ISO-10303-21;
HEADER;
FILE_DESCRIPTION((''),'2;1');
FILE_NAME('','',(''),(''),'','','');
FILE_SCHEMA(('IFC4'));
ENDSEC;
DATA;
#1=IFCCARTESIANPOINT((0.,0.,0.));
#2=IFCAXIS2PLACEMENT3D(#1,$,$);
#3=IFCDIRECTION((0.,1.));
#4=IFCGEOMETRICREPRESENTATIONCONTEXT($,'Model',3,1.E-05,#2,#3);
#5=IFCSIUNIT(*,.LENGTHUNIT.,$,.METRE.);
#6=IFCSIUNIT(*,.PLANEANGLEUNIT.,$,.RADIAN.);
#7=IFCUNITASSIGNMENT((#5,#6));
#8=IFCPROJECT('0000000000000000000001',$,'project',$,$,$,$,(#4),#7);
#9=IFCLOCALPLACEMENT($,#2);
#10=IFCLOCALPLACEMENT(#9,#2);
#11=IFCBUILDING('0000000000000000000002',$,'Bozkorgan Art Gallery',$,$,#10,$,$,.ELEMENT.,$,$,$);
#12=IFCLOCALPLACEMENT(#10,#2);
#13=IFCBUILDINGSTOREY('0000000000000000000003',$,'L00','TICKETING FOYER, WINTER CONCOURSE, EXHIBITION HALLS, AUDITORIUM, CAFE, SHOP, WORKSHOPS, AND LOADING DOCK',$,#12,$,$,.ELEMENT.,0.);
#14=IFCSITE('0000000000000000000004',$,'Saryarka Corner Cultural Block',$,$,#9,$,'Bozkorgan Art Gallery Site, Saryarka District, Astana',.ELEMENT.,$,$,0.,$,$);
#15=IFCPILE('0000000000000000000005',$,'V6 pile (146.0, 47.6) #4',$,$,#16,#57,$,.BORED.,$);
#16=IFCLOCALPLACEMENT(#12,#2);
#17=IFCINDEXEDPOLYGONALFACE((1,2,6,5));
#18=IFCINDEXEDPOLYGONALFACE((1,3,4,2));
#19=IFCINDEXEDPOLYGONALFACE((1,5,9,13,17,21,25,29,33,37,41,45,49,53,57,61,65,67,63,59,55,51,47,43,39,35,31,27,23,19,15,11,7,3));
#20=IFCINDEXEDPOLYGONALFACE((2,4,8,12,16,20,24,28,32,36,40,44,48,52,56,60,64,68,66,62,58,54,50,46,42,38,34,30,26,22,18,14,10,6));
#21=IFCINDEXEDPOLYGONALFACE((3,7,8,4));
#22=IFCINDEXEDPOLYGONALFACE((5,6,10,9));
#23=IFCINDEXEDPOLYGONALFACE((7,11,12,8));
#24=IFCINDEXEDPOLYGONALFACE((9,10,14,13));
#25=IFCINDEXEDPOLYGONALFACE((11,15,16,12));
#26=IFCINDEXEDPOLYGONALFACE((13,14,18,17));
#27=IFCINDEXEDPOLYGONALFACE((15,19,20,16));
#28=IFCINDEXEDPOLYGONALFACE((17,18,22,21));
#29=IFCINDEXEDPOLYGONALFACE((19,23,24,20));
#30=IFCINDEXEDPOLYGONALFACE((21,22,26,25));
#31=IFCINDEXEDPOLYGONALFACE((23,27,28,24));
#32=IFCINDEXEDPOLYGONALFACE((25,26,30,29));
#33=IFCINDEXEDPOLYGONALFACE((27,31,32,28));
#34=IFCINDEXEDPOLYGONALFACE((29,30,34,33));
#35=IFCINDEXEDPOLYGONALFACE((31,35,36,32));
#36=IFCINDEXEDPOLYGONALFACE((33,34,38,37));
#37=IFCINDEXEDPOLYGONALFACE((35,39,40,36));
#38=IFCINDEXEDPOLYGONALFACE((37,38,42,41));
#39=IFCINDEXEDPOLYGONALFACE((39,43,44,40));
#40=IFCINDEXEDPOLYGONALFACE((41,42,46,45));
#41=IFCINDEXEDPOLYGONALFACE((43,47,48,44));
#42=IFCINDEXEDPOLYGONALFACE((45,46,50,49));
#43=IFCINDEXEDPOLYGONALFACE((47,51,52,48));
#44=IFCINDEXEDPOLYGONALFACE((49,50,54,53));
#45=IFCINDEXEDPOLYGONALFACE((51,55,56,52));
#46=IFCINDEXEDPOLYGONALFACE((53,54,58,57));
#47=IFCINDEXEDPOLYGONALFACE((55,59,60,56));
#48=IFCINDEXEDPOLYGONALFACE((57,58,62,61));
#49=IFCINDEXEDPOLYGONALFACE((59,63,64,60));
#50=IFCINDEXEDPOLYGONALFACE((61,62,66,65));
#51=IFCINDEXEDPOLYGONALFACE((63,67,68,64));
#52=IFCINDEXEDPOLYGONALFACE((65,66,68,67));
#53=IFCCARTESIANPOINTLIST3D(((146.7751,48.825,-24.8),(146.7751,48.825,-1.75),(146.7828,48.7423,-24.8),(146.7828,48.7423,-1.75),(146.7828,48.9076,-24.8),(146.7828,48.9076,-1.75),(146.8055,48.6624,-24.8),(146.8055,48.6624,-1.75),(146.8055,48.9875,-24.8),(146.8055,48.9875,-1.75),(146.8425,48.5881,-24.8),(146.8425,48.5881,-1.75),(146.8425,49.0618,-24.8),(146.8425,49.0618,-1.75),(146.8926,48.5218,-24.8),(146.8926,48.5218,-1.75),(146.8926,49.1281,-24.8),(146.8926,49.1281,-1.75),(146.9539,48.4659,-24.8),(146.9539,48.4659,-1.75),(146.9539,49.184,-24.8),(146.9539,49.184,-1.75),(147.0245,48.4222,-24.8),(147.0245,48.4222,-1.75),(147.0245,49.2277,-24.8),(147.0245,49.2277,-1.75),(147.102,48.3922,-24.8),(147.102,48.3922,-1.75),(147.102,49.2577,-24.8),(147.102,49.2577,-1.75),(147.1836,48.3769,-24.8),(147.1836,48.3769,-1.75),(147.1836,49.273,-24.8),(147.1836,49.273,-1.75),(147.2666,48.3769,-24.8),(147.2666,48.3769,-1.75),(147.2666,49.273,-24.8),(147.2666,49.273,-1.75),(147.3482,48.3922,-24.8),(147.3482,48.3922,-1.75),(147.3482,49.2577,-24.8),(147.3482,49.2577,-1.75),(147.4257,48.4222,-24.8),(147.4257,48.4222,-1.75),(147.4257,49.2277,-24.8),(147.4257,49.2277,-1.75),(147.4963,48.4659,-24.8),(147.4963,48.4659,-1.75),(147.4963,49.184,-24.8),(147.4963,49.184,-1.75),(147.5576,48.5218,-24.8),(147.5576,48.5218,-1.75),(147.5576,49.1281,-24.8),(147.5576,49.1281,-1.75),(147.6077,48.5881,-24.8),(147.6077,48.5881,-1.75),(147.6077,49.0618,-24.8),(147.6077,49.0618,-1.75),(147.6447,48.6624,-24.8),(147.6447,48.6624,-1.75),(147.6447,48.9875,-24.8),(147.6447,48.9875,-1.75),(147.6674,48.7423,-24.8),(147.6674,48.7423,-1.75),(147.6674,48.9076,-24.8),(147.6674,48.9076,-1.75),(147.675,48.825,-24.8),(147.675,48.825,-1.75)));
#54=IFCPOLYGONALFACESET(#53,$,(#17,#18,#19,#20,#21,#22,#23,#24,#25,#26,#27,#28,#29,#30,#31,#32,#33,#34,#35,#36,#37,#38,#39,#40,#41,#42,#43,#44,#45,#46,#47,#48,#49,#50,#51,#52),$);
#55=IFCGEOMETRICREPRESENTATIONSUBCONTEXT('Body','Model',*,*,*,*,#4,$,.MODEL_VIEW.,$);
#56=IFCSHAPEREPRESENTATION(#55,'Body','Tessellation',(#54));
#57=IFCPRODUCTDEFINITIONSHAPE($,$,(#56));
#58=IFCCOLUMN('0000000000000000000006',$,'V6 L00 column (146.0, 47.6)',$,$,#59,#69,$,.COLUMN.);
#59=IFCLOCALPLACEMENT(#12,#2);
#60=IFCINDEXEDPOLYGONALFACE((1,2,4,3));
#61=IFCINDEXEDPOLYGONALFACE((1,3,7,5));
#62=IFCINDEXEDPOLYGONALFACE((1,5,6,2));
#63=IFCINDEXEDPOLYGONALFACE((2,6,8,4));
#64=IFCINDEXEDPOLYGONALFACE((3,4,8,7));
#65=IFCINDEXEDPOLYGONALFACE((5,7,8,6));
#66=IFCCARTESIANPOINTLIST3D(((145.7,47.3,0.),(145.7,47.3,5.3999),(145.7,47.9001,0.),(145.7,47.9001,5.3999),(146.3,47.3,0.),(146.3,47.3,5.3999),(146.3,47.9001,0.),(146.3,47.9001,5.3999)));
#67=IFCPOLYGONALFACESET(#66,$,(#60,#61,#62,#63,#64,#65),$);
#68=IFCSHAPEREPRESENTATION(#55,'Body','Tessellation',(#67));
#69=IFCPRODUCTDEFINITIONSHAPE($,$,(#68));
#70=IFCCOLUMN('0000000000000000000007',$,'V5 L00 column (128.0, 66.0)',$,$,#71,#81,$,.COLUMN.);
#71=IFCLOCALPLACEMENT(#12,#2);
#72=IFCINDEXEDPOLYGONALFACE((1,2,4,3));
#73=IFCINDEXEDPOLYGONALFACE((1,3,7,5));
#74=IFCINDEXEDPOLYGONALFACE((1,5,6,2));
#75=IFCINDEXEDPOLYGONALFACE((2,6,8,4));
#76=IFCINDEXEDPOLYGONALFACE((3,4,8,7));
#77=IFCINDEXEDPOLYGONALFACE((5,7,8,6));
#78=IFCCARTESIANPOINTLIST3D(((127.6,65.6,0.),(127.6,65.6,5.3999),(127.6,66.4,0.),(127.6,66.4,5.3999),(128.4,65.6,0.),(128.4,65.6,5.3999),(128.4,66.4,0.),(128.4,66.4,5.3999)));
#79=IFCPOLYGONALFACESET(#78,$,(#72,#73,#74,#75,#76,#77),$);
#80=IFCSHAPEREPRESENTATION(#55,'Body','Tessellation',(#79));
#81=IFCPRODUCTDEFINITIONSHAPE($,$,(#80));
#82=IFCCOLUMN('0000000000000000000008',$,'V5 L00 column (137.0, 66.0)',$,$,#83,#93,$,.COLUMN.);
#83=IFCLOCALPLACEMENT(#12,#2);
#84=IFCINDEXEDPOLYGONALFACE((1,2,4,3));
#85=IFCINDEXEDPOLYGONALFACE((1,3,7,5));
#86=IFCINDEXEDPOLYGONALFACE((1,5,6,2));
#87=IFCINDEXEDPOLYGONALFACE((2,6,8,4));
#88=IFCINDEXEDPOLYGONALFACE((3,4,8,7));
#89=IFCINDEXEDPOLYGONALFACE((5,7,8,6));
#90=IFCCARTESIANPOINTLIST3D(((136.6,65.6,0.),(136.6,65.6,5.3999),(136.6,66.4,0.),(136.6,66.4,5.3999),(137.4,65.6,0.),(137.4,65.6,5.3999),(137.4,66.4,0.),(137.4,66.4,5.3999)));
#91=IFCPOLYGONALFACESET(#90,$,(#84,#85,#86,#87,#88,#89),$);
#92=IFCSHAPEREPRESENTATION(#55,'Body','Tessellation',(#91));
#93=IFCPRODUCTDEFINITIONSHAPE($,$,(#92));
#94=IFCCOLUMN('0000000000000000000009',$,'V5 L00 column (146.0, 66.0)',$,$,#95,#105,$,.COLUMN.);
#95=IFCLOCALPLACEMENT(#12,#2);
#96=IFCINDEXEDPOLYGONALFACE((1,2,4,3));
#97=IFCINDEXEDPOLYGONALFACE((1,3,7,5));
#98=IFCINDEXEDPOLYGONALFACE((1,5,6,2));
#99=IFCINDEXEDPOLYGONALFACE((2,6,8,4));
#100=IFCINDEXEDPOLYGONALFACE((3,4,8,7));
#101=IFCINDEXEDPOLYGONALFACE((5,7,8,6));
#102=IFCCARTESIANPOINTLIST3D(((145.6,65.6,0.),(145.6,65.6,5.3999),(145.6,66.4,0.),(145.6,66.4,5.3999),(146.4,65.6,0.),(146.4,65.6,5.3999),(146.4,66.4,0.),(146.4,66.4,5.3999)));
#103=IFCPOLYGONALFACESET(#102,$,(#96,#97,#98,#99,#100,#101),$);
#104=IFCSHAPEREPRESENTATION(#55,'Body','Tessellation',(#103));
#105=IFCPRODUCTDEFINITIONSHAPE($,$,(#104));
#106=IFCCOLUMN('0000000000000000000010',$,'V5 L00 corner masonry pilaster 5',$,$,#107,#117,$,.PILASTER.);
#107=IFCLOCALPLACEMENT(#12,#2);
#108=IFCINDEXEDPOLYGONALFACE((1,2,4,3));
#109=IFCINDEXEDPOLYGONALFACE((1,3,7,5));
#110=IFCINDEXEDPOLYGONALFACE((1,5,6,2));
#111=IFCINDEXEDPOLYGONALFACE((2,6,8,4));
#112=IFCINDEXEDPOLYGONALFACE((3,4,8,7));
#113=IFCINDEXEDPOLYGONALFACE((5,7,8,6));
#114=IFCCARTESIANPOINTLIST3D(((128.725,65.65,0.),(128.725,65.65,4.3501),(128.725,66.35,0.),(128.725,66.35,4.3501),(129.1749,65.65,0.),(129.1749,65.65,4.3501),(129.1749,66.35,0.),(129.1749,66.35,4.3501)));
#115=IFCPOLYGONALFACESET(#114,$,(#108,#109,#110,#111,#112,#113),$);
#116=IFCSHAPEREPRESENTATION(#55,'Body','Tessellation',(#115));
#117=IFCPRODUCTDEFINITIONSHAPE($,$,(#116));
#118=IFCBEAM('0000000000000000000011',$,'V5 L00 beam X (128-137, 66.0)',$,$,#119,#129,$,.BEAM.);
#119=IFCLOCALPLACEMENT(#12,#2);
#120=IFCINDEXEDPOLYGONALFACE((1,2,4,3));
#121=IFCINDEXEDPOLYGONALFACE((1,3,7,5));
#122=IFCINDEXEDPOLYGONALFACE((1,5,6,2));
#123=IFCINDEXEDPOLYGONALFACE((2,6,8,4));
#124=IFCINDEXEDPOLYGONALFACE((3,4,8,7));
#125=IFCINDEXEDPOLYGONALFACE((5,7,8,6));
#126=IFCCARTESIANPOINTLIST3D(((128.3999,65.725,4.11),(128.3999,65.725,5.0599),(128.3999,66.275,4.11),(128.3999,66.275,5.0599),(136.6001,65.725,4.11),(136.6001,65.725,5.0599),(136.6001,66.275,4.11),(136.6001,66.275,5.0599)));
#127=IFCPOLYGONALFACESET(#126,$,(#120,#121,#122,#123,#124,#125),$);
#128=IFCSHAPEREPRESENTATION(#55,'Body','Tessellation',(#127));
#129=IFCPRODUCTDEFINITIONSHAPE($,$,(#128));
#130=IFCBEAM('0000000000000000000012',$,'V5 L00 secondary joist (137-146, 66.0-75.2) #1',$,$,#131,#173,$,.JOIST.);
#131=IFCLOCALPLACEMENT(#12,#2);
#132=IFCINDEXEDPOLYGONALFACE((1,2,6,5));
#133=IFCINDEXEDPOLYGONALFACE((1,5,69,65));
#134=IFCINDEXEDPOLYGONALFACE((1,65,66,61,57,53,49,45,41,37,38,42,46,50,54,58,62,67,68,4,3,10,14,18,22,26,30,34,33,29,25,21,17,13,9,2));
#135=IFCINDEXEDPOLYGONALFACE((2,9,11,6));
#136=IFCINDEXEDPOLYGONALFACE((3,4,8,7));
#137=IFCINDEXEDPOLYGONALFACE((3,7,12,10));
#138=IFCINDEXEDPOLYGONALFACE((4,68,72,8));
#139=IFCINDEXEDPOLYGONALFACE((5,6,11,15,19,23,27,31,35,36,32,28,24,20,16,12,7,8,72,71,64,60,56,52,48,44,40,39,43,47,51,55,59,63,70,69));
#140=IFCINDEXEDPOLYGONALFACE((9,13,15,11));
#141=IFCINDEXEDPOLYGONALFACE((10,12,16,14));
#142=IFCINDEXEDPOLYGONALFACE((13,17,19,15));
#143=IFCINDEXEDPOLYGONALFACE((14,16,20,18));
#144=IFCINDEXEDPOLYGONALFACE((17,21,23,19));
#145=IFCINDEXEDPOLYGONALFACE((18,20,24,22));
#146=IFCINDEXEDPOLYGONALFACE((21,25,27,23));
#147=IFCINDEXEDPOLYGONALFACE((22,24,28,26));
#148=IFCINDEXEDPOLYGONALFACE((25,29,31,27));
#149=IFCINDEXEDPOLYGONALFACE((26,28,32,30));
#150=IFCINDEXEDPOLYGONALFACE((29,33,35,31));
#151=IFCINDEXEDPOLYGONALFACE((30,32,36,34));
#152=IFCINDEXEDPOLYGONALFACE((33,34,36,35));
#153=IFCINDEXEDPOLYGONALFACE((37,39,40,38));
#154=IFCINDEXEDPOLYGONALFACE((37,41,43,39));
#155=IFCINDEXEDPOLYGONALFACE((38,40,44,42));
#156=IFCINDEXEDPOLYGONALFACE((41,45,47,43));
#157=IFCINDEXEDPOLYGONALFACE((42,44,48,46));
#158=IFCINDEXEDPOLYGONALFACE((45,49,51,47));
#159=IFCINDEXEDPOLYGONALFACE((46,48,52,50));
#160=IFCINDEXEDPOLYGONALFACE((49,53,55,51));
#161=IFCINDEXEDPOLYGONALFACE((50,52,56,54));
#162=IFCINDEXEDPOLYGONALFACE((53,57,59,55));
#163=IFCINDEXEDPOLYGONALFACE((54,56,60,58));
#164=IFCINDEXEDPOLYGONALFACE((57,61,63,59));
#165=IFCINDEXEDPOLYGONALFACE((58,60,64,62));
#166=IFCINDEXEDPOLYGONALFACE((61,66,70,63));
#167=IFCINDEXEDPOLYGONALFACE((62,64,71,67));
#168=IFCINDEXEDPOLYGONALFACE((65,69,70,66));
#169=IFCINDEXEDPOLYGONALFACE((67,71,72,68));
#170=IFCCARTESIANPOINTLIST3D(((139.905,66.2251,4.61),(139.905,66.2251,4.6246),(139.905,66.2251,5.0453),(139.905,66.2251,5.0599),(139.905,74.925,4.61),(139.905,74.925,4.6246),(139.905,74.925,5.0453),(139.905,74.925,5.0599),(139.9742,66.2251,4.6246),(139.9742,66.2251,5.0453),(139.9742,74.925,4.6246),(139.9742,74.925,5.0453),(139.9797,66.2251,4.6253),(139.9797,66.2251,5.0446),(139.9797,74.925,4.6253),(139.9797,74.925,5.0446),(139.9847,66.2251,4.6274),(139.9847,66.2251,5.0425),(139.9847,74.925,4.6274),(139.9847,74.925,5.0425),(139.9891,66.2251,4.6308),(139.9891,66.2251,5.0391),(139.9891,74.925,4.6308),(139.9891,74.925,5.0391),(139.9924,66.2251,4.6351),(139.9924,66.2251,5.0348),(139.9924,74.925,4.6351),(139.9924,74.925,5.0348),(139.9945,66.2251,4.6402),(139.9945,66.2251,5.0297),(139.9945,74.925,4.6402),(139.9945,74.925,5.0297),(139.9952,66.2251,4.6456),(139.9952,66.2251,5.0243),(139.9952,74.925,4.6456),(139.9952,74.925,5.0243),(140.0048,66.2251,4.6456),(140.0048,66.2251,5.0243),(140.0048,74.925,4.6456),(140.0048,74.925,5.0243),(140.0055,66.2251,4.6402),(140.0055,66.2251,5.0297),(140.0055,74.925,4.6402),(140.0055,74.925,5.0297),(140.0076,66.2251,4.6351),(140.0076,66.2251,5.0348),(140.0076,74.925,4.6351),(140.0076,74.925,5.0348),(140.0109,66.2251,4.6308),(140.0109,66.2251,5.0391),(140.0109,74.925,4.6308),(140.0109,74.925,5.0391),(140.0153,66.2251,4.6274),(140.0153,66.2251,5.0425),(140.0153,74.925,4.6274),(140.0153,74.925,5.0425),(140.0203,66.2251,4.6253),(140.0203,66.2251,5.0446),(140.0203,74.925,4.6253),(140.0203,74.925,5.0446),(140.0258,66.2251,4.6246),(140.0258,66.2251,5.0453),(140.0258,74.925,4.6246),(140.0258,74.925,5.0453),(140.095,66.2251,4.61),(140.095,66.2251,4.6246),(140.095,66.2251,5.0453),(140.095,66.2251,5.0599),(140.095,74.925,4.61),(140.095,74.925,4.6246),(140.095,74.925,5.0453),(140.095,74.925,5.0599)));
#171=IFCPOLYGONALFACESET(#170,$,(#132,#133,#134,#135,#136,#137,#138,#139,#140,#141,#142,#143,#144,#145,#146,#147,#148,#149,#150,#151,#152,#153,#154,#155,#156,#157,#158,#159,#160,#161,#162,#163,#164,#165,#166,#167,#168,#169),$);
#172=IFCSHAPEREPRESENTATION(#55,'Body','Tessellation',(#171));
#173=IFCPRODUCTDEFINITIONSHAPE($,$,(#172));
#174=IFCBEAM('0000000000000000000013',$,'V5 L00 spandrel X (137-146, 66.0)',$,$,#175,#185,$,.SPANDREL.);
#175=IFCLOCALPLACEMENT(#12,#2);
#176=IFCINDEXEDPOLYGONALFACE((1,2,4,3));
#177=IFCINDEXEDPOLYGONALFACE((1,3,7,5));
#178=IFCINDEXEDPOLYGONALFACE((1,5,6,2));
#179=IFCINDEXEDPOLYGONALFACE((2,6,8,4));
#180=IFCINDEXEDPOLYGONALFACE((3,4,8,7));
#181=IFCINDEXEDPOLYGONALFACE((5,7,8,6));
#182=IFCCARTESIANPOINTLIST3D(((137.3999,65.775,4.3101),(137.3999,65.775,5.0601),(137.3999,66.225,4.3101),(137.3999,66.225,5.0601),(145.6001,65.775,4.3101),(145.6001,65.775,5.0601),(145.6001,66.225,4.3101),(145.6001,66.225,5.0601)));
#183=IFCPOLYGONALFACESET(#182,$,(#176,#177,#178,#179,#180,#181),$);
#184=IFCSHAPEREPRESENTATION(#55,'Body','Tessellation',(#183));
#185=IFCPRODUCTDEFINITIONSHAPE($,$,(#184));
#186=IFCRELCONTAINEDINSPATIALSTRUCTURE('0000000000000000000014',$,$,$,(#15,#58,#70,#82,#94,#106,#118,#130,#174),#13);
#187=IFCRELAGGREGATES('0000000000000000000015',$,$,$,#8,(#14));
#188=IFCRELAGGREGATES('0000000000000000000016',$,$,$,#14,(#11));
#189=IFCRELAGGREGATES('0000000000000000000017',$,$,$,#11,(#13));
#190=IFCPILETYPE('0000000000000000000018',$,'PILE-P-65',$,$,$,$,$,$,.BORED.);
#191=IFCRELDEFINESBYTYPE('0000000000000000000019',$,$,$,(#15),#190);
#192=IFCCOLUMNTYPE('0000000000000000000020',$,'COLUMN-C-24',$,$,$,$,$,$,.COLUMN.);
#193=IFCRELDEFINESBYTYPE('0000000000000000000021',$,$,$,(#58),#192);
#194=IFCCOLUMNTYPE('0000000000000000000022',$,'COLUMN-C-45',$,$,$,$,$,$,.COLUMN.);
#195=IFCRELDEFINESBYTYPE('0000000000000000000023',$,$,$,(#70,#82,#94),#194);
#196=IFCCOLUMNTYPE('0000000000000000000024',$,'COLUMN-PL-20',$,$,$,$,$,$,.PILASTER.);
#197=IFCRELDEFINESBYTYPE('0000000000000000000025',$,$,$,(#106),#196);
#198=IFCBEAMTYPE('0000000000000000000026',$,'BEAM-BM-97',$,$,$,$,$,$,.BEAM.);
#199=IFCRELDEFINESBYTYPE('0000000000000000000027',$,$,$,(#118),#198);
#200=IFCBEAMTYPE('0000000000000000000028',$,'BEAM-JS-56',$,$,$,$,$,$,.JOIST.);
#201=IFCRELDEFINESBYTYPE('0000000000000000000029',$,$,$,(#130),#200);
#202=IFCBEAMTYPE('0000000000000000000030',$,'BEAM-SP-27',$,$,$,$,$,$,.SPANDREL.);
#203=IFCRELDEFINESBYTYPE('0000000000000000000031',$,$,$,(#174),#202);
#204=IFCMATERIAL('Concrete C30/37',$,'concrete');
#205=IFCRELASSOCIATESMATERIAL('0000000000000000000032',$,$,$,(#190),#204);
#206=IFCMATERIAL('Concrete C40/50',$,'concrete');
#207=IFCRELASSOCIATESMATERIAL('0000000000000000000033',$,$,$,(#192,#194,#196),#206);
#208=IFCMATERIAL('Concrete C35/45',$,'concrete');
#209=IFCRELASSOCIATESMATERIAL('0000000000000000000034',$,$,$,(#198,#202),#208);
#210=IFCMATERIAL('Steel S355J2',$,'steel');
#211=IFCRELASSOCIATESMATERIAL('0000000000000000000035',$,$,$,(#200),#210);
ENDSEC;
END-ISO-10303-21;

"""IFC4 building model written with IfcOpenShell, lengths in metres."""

from ifc_helpers import new_model, si_unit, direction, frame, origin, origin_2d, place, context, subcontext, project, spatial, rectangle, circle, i_section, extrude, material, material_profile, profile_set, type_object, element, save


model = new_model("IFC4")

# Units and contexts
model_context = context("Model", 3, precision=1e-05, world=origin(), true_north=direction((0.0, 1.0)))
body_context = subcontext(model_context, "Body", "Model", "MODEL_VIEW")
ifc_project = project(units=[si_unit("LENGTHUNIT", "METRE"), si_unit("PLANEANGLEUNIT", "RADIAN")], contexts=[model_context])

# Site, building, storey
site_placement = place(None, origin())
site = spatial("IfcSite", under=ifc_project, at=site_placement, Name="Saryarka Corner Cultural Block", LongName="Bozkorgan Art Gallery Site, Saryarka District, Astana", CompositionType="ELEMENT", RefElevation=0.0)
building_placement = place(site_placement, origin())
building = spatial("IfcBuilding", under=site, at=building_placement, Name="Bozkorgan Art Gallery", CompositionType="ELEMENT")
storey_placement = place(building_placement, origin())
storey = spatial("IfcBuildingStorey", under=building, at=storey_placement, Name="L00", Description="TICKETING FOYER, WINTER CONCOURSE, EXHIBITION HALLS, AUDITORIUM, CAFE, SHOP, WORKSHOPS, AND LOADING DOCK", CompositionType="ELEMENT", Elevation=0.0)

# Shared definitions
ifc_material_1 = material(Name="Concrete C30/37", Category="concrete")

# Pile
ifc_material_profile_1 = material_profile(ifc_material_1, circle(Radius=0.45, at=origin_2d()), Name="PILE D900")
ifc_profile_set_1 = profile_set([ifc_material_profile_1], Name="Concrete C30/37")
pile_type = type_object("IfcPileType", Name="PILE-P-65", PredefinedType="BORED", material=ifc_profile_set_1)
for number, where, z_axis, x_axis, name in (
    (1, (147.2251, 48.825, -1.75), (0.0, 0.0, -1.0), (1.0, 0.0, 0.0), "V6 pile (146.0, 47.6) #4"),
):
    element("IfcPile", number, at=place(storey_placement, frame(where, z_axis=z_axis, x_axis=x_axis)), inside=storey, type_object=pile_type, Name=name, PredefinedType="BORED", context=body_context, shape_type="SweptSolid", body=[
        extrude(circle(Radius=0.45, at=origin_2d()), origin(), (0.0, 0.0, 1.0), 23.05),
    ])

# Columns
ifc_material_2 = material(Name="Concrete C40/50", Category="concrete")
ifc_material_profile_2 = material_profile(ifc_material_2, rectangle(XDim=0.6001, YDim=0.6001, at=origin_2d()), Name="RC 600x600")
ifc_profile_set_2 = profile_set([ifc_material_profile_2], Name="Concrete C40/50")
column_type_1 = type_object("IfcColumnType", Name="COLUMN-C-24", PredefinedType="COLUMN", material=ifc_profile_set_2)
column_1_placement = place(storey_placement, frame((146.0, 47.6001, 0.0), z_axis=(0.0, 0.0, 1.0), x_axis=(1.0, 0.0, 0.0)))
element("IfcColumn", 2, at=column_1_placement, inside=storey, type_object=column_type_1, Name="V6 L00 column (146.0, 47.6)", PredefinedType="COLUMN", context=body_context, shape_type="SweptSolid", body=[
    extrude(rectangle(XDim=0.6001, YDim=0.6001, at=origin_2d()), origin(), (0.0, 0.0, 1.0), 5.3999),
])
ifc_material_profile_3 = material_profile(ifc_material_2, rectangle(XDim=0.8, YDim=0.8, at=origin_2d()), Name="RC 800x800")
ifc_profile_set_3 = profile_set([ifc_material_profile_3], Name="Concrete C40/50")
column_type_2 = type_object("IfcColumnType", Name="COLUMN-C-45", PredefinedType="COLUMN", material=ifc_profile_set_3)
for number, where, z_axis, x_axis, name in (
    (3, (128.0, 66.0, 0.0), (0.0, 0.0, 1.0), (1.0, 0.0, 0.0), "V5 L00 column (128.0, 66.0)"),
    (4, (137.0, 66.0, 0.0), (0.0, 0.0, 1.0), (1.0, 0.0, 0.0), "V5 L00 column (137.0, 66.0)"),
    (5, (146.0, 66.0, 0.0), (0.0, 0.0, 1.0), (1.0, 0.0, 0.0), "V5 L00 column (146.0, 66.0)"),
):
    element("IfcColumn", number, at=place(storey_placement, frame(where, z_axis=z_axis, x_axis=x_axis)), inside=storey, type_object=column_type_2, Name=name, PredefinedType="COLUMN", context=body_context, shape_type="SweptSolid", body=[
        extrude(rectangle(XDim=0.8, YDim=0.8, at=origin_2d()), origin(), (0.0, 0.0, 1.0), 5.3999),
    ])
ifc_material_profile_4 = material_profile(ifc_material_2, rectangle(XDim=0.45, YDim=0.7, at=origin_2d()), Name="RC 450x700")
ifc_profile_set_4 = profile_set([ifc_material_profile_4], Name="Concrete C40/50")
column_type_3 = type_object("IfcColumnType", Name="COLUMN-PL-20", PredefinedType="PILASTER", material=ifc_profile_set_4)
column_2_placement = place(storey_placement, frame((128.95, 66.0, 0.0), z_axis=(0.0, 0.0, 1.0), x_axis=(1.0, 0.0, 0.0)))
element("IfcColumn", 6, at=column_2_placement, inside=storey, type_object=column_type_3, Name="V5 L00 corner masonry pilaster 5", PredefinedType="PILASTER", context=body_context, shape_type="SweptSolid", body=[
    extrude(rectangle(XDim=0.45, YDim=0.7, at=origin_2d()), origin(), (0.0, 0.0, 1.0), 4.3501),
])

# Beams
ifc_material_3 = material(Name="Concrete C35/45", Category="concrete")
ifc_material_profile_5 = material_profile(ifc_material_3, rectangle(XDim=0.55, YDim=0.95, at=origin_2d()), Name="RC 550x950")
ifc_profile_set_5 = profile_set([ifc_material_profile_5], Name="Concrete C35/45")
beam_type_1 = type_object("IfcBeamType", Name="BEAM-BM-97", PredefinedType="BEAM", material=ifc_profile_set_5)
beam_1_placement = place(storey_placement, frame((128.3999, 66.0, 4.585), z_axis=(1.0, 0.0, 0.0), x_axis=(0.0, 1.0, 0.0)))
element("IfcBeam", 7, at=beam_1_placement, inside=storey, type_object=beam_type_1, Name="V5 L00 beam X (128-137, 66.0)", PredefinedType="BEAM", context=body_context, shape_type="SweptSolid", body=[
    extrude(rectangle(XDim=0.55, YDim=0.95, at=origin_2d()), origin(), (0.0, 0.0, 1.0), 8.2002),
])
ifc_material_4 = material(Name="Steel S355J2", Category="steel")
ifc_material_profile_6 = material_profile(ifc_material_4, i_section(OverallWidth=0.1899, OverallDepth=0.45, WebThickness=0.0095, FlangeThickness=0.0146, FilletRadius=0.021, at=origin_2d()), Name="IPE 450")
ifc_profile_set_6 = profile_set([ifc_material_profile_6], Name="Steel S355J2")
beam_type_2 = type_object("IfcBeamType", Name="BEAM-JS-56", PredefinedType="JOIST", material=ifc_profile_set_6)
beam_2_placement = place(storey_placement, frame((140.0, 66.2251, 4.835), z_axis=(0.0, 1.0, 0.0), x_axis=(-1.0, 0.0, 0.0)))
element("IfcBeam", 8, at=beam_2_placement, inside=storey, type_object=beam_type_2, Name="V5 L00 secondary joist (137-146, 66.0-75.2) #1", PredefinedType="JOIST", context=body_context, shape_type="SweptSolid", body=[
    extrude(i_section(OverallWidth=0.1899, OverallDepth=0.45, WebThickness=0.0095, FlangeThickness=0.0146, FilletRadius=0.021, at=origin_2d()), origin(), (0.0, 0.0, 1.0), 8.7),
])
ifc_material_profile_7 = material_profile(ifc_material_3, rectangle(XDim=0.45, YDim=0.75, at=origin_2d()), Name="RC 450x750")
ifc_profile_set_7 = profile_set([ifc_material_profile_7], Name="Concrete C35/45")
beam_type_3 = type_object("IfcBeamType", Name="BEAM-SP-27", PredefinedType="SPANDREL", material=ifc_profile_set_7)
for number, where, z_axis, x_axis, name in (
    (9, (137.3999, 66.0, 4.6851), (1.0, 0.0, 0.0), (0.0, 1.0, 0.0), "V5 L00 spandrel X (137-146, 66.0)"),
):
    element("IfcBeam", number, at=place(storey_placement, frame(where, z_axis=z_axis, x_axis=x_axis)), inside=storey, type_object=beam_type_3, Name=name, PredefinedType="SPANDREL", context=body_context, shape_type="SweptSolid", body=[
        extrude(rectangle(XDim=0.45, YDim=0.75, at=origin_2d()), origin(), (0.0, 0.0, 1.0), 8.2002),
    ])

save(model, "model.ifc")
